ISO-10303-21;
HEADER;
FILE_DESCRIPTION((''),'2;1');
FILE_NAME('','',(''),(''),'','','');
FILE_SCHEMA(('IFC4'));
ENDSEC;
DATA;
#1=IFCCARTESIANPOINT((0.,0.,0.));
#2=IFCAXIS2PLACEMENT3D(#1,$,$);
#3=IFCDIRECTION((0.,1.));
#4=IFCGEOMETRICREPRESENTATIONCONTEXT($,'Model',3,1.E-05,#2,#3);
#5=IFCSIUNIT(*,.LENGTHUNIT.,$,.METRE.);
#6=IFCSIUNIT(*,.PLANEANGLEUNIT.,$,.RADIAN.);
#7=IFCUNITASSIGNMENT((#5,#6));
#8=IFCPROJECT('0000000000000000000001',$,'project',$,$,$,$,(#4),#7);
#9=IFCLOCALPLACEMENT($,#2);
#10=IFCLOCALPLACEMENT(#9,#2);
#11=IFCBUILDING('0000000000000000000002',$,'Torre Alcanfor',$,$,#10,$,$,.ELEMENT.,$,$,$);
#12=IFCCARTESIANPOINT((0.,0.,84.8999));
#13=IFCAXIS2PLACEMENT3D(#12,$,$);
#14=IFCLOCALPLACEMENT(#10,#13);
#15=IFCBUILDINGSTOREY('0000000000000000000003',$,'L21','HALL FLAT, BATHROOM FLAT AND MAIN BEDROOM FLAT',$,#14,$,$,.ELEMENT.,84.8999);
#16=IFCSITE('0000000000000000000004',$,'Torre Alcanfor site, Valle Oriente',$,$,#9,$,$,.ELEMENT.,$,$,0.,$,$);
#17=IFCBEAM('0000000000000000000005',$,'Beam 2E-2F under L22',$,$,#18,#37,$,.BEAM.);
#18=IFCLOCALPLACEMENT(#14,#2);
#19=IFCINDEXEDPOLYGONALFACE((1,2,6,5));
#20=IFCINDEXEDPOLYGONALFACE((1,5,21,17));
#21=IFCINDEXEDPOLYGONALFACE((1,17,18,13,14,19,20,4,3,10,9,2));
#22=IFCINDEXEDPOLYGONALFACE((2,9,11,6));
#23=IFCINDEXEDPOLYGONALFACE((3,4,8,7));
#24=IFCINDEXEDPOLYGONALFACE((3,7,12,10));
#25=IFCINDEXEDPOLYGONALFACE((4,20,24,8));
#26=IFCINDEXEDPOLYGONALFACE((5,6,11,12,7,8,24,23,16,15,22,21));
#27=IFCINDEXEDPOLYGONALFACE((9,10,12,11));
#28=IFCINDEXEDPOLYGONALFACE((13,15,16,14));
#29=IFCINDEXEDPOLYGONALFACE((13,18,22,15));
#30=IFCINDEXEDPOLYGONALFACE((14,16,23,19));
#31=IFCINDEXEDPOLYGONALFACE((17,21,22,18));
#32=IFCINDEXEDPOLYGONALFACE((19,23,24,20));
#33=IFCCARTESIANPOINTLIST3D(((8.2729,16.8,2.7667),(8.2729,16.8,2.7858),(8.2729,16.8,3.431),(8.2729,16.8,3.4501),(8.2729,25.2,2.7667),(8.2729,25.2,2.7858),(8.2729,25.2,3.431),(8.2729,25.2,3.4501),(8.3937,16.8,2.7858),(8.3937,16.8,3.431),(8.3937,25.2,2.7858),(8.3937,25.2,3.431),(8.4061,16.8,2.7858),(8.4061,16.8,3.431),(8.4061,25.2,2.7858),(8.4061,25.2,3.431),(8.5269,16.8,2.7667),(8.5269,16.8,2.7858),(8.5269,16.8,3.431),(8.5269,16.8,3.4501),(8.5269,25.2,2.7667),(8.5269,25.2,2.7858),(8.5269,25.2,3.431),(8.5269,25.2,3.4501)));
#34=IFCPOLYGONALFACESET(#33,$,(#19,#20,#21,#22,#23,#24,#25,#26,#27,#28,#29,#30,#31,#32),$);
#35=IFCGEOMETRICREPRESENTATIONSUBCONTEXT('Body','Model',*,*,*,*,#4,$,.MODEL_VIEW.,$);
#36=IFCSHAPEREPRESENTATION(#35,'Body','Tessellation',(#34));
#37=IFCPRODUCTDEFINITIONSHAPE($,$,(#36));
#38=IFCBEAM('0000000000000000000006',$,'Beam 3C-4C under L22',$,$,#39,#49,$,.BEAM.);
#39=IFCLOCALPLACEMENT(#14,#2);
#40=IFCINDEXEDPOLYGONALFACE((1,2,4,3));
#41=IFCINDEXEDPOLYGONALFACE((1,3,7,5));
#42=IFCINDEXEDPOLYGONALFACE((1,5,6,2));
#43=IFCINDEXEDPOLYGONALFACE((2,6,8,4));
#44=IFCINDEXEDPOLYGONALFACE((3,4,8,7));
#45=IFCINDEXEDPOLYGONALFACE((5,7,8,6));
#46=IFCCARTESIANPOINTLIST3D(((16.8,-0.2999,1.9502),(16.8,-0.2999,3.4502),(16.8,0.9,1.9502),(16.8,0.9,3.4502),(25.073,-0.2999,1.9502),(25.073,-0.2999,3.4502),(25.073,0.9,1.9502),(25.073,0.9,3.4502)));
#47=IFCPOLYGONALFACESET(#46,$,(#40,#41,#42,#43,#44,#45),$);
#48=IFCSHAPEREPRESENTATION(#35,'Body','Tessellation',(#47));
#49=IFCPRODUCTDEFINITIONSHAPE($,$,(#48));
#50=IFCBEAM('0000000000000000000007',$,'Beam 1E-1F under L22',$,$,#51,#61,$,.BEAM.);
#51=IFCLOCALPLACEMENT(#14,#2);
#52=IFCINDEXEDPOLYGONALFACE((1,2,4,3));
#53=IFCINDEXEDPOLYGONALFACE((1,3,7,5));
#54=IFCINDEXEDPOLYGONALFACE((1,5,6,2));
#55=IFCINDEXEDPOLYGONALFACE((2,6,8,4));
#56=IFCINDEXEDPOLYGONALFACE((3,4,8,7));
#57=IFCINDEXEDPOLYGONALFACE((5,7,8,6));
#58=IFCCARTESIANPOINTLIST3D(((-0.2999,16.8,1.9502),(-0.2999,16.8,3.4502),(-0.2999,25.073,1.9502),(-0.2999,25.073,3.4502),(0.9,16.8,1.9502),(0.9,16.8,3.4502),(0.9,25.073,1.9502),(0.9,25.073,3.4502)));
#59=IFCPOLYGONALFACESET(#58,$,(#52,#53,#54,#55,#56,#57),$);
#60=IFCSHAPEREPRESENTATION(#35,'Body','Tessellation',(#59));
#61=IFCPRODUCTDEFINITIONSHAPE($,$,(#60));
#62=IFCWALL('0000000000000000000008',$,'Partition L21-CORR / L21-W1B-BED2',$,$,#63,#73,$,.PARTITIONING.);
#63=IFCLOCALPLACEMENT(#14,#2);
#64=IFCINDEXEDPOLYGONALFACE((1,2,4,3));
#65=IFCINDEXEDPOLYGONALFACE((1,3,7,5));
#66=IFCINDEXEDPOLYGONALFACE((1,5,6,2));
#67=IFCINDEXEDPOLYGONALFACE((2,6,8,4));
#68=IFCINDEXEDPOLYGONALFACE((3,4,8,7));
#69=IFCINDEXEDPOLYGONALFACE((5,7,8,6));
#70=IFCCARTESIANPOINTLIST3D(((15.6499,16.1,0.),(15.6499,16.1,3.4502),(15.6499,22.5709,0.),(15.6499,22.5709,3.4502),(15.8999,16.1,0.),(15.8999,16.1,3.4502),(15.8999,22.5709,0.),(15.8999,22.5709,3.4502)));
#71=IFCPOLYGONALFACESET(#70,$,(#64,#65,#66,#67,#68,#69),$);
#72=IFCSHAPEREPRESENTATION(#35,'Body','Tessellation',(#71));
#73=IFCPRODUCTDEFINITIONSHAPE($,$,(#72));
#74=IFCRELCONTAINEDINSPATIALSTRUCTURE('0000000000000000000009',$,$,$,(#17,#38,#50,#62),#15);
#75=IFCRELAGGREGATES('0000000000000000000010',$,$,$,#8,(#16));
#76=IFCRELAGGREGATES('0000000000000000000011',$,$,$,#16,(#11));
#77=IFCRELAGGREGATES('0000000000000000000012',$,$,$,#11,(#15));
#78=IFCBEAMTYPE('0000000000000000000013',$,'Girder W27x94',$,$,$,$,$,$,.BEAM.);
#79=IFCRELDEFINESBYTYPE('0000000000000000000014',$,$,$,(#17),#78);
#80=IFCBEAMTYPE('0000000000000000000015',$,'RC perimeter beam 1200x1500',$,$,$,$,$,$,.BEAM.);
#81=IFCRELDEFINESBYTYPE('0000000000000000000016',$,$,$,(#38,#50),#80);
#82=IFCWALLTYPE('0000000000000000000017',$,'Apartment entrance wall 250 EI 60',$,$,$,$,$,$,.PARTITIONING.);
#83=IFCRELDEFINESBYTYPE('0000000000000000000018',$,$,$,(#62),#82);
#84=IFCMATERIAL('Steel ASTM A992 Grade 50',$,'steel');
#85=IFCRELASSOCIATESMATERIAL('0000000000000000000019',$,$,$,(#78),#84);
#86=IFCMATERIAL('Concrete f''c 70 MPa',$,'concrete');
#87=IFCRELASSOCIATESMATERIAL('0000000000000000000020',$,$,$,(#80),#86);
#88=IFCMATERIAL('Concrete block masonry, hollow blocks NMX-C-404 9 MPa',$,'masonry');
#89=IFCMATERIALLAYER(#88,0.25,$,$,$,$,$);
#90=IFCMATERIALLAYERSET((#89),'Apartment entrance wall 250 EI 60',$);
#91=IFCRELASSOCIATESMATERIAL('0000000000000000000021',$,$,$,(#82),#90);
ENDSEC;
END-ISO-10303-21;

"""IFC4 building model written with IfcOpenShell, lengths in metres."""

from ifc_helpers import new_model, si_unit, direction, frame, frame_2d, origin, origin_2d, place, context, subcontext, project, spatial, rectangle, i_section, extrude, material, layer, layer_set, material_profile, profile_set, type_object, element, save


model = new_model("IFC4")

# Units and contexts
model_context = context("Model", 3, precision=1e-05, world=origin(), true_north=direction((0.0, 1.0)))
body_context = subcontext(model_context, "Body", "Model", "MODEL_VIEW")
ifc_project = project(units=[si_unit("LENGTHUNIT", "METRE"), si_unit("PLANEANGLEUNIT", "RADIAN")], contexts=[model_context])

# Site, building, storey
site_placement = place(None, origin())
site = spatial("IfcSite", under=ifc_project, at=site_placement, Name="Torre Alcanfor site, Valle Oriente", CompositionType="ELEMENT", RefElevation=0.0)
building_placement = place(site_placement, origin())
building = spatial("IfcBuilding", under=site, at=building_placement, Name="Torre Alcanfor", CompositionType="ELEMENT")
storey_placement = place(building_placement, frame((0.0, 0.0, 84.8999)))
storey = spatial("IfcBuildingStorey", under=building, at=storey_placement, Name="L21", Description="HALL FLAT, BATHROOM FLAT AND MAIN BEDROOM FLAT", CompositionType="ELEMENT", Elevation=84.8999)

# Beams
ifc_material_1 = material(Name="Steel ASTM A992 Grade 50", Category="steel")
ifc_material_profile_1 = material_profile(ifc_material_1, i_section(OverallWidth=0.2539, OverallDepth=0.6833, WebThickness=0.0125, FlangeThickness=0.019, at=origin_2d()), Name="W27x94")
ifc_profile_set_1 = profile_set([ifc_material_profile_1], Name="Steel ASTM A992 Grade 50")
beam_type_1 = type_object("IfcBeamType", Name="Girder W27x94", PredefinedType="BEAM", material=ifc_profile_set_1)
for number, where, z_axis, x_axis, name in (
    (1, (8.3999, 16.8, 3.1084), (0.0, 1.0, 0.0), (-1.0, 0.0, 0.0), "Beam 2E-2F under L22"),
):
    element("IfcBeam", number, at=place(storey_placement, frame(where, z_axis=z_axis, x_axis=x_axis)), inside=storey, type_object=beam_type_1, Name=name, PredefinedType="BEAM", context=body_context, shape_type="SweptSolid", body=[
        extrude(i_section(OverallWidth=0.2539, OverallDepth=0.6833, WebThickness=0.0125, FlangeThickness=0.019, at=origin_2d()), origin(), (0.0, 0.0, 1.0), 8.3999),
    ])
ifc_material_2 = material(Name="Concrete f'c 70 MPa", Category="concrete")
ifc_material_profile_2 = material_profile(ifc_material_2, rectangle(XDim=1.2, YDim=1.5, at=origin_2d()), Name="1200x1500")
ifc_profile_set_2 = profile_set([ifc_material_profile_2], Name="Concrete f'c 70 MPa")
beam_type_2 = type_object("IfcBeamType", Name="RC perimeter beam 1200x1500", PredefinedType="BEAM", material=ifc_profile_set_2)
for number, where, z_axis, x_axis, name in (
    (2, (16.8, 0.3, 2.7002), (1.0, 0.0, 0.0), (0.0, 1.0, 0.0), "Beam 3C-4C under L22"),
    (3, (0.3, 16.8, 2.7002), (0.0, 1.0, 0.0), (-1.0, 0.0, 0.0), "Beam 1E-1F under L22"),
):
    element("IfcBeam", number, at=place(storey_placement, frame(where, z_axis=z_axis, x_axis=x_axis)), inside=storey, type_object=beam_type_2, Name=name, PredefinedType="BEAM", context=body_context, shape_type="SweptSolid", body=[
        extrude(rectangle(XDim=1.2, YDim=1.5, at=origin_2d()), origin(), (0.0, 0.0, 1.0), 8.2729),
    ])

# Wall
ifc_material_3 = material(Name="Concrete block masonry, hollow blocks NMX-C-404 9 MPa", Category="masonry")
ifc_layer_1 = layer(ifc_material_3, 0.25)
ifc_layer_set_1 = layer_set([ifc_layer_1], Name="Apartment entrance wall 250 EI 60")
wall_type_1 = type_object("IfcWallType", Name="Apartment entrance wall 250 EI 60", PredefinedType="PARTITIONING", material=ifc_layer_set_1)
wall_1_placement = place(storey_placement, frame((15.7749, 16.1001, 0.0), z_axis=(0.0, 0.0, 1.0), x_axis=(0.0, 1.0, 0.0)))
element("IfcWall", 4, at=wall_1_placement, inside=storey, type_object=wall_type_1, Name="Partition L21-CORR / L21-W1B-BED2", PredefinedType="PARTITIONING", context=body_context, shape_type="SweptSolid", body=[
    extrude(rectangle(XDim=6.4709, YDim=0.25, at=frame_2d((3.2354, 0.0))), origin(), (0.0, 0.0, 1.0), 3.4502),
])

save(model, "model.ifc")
